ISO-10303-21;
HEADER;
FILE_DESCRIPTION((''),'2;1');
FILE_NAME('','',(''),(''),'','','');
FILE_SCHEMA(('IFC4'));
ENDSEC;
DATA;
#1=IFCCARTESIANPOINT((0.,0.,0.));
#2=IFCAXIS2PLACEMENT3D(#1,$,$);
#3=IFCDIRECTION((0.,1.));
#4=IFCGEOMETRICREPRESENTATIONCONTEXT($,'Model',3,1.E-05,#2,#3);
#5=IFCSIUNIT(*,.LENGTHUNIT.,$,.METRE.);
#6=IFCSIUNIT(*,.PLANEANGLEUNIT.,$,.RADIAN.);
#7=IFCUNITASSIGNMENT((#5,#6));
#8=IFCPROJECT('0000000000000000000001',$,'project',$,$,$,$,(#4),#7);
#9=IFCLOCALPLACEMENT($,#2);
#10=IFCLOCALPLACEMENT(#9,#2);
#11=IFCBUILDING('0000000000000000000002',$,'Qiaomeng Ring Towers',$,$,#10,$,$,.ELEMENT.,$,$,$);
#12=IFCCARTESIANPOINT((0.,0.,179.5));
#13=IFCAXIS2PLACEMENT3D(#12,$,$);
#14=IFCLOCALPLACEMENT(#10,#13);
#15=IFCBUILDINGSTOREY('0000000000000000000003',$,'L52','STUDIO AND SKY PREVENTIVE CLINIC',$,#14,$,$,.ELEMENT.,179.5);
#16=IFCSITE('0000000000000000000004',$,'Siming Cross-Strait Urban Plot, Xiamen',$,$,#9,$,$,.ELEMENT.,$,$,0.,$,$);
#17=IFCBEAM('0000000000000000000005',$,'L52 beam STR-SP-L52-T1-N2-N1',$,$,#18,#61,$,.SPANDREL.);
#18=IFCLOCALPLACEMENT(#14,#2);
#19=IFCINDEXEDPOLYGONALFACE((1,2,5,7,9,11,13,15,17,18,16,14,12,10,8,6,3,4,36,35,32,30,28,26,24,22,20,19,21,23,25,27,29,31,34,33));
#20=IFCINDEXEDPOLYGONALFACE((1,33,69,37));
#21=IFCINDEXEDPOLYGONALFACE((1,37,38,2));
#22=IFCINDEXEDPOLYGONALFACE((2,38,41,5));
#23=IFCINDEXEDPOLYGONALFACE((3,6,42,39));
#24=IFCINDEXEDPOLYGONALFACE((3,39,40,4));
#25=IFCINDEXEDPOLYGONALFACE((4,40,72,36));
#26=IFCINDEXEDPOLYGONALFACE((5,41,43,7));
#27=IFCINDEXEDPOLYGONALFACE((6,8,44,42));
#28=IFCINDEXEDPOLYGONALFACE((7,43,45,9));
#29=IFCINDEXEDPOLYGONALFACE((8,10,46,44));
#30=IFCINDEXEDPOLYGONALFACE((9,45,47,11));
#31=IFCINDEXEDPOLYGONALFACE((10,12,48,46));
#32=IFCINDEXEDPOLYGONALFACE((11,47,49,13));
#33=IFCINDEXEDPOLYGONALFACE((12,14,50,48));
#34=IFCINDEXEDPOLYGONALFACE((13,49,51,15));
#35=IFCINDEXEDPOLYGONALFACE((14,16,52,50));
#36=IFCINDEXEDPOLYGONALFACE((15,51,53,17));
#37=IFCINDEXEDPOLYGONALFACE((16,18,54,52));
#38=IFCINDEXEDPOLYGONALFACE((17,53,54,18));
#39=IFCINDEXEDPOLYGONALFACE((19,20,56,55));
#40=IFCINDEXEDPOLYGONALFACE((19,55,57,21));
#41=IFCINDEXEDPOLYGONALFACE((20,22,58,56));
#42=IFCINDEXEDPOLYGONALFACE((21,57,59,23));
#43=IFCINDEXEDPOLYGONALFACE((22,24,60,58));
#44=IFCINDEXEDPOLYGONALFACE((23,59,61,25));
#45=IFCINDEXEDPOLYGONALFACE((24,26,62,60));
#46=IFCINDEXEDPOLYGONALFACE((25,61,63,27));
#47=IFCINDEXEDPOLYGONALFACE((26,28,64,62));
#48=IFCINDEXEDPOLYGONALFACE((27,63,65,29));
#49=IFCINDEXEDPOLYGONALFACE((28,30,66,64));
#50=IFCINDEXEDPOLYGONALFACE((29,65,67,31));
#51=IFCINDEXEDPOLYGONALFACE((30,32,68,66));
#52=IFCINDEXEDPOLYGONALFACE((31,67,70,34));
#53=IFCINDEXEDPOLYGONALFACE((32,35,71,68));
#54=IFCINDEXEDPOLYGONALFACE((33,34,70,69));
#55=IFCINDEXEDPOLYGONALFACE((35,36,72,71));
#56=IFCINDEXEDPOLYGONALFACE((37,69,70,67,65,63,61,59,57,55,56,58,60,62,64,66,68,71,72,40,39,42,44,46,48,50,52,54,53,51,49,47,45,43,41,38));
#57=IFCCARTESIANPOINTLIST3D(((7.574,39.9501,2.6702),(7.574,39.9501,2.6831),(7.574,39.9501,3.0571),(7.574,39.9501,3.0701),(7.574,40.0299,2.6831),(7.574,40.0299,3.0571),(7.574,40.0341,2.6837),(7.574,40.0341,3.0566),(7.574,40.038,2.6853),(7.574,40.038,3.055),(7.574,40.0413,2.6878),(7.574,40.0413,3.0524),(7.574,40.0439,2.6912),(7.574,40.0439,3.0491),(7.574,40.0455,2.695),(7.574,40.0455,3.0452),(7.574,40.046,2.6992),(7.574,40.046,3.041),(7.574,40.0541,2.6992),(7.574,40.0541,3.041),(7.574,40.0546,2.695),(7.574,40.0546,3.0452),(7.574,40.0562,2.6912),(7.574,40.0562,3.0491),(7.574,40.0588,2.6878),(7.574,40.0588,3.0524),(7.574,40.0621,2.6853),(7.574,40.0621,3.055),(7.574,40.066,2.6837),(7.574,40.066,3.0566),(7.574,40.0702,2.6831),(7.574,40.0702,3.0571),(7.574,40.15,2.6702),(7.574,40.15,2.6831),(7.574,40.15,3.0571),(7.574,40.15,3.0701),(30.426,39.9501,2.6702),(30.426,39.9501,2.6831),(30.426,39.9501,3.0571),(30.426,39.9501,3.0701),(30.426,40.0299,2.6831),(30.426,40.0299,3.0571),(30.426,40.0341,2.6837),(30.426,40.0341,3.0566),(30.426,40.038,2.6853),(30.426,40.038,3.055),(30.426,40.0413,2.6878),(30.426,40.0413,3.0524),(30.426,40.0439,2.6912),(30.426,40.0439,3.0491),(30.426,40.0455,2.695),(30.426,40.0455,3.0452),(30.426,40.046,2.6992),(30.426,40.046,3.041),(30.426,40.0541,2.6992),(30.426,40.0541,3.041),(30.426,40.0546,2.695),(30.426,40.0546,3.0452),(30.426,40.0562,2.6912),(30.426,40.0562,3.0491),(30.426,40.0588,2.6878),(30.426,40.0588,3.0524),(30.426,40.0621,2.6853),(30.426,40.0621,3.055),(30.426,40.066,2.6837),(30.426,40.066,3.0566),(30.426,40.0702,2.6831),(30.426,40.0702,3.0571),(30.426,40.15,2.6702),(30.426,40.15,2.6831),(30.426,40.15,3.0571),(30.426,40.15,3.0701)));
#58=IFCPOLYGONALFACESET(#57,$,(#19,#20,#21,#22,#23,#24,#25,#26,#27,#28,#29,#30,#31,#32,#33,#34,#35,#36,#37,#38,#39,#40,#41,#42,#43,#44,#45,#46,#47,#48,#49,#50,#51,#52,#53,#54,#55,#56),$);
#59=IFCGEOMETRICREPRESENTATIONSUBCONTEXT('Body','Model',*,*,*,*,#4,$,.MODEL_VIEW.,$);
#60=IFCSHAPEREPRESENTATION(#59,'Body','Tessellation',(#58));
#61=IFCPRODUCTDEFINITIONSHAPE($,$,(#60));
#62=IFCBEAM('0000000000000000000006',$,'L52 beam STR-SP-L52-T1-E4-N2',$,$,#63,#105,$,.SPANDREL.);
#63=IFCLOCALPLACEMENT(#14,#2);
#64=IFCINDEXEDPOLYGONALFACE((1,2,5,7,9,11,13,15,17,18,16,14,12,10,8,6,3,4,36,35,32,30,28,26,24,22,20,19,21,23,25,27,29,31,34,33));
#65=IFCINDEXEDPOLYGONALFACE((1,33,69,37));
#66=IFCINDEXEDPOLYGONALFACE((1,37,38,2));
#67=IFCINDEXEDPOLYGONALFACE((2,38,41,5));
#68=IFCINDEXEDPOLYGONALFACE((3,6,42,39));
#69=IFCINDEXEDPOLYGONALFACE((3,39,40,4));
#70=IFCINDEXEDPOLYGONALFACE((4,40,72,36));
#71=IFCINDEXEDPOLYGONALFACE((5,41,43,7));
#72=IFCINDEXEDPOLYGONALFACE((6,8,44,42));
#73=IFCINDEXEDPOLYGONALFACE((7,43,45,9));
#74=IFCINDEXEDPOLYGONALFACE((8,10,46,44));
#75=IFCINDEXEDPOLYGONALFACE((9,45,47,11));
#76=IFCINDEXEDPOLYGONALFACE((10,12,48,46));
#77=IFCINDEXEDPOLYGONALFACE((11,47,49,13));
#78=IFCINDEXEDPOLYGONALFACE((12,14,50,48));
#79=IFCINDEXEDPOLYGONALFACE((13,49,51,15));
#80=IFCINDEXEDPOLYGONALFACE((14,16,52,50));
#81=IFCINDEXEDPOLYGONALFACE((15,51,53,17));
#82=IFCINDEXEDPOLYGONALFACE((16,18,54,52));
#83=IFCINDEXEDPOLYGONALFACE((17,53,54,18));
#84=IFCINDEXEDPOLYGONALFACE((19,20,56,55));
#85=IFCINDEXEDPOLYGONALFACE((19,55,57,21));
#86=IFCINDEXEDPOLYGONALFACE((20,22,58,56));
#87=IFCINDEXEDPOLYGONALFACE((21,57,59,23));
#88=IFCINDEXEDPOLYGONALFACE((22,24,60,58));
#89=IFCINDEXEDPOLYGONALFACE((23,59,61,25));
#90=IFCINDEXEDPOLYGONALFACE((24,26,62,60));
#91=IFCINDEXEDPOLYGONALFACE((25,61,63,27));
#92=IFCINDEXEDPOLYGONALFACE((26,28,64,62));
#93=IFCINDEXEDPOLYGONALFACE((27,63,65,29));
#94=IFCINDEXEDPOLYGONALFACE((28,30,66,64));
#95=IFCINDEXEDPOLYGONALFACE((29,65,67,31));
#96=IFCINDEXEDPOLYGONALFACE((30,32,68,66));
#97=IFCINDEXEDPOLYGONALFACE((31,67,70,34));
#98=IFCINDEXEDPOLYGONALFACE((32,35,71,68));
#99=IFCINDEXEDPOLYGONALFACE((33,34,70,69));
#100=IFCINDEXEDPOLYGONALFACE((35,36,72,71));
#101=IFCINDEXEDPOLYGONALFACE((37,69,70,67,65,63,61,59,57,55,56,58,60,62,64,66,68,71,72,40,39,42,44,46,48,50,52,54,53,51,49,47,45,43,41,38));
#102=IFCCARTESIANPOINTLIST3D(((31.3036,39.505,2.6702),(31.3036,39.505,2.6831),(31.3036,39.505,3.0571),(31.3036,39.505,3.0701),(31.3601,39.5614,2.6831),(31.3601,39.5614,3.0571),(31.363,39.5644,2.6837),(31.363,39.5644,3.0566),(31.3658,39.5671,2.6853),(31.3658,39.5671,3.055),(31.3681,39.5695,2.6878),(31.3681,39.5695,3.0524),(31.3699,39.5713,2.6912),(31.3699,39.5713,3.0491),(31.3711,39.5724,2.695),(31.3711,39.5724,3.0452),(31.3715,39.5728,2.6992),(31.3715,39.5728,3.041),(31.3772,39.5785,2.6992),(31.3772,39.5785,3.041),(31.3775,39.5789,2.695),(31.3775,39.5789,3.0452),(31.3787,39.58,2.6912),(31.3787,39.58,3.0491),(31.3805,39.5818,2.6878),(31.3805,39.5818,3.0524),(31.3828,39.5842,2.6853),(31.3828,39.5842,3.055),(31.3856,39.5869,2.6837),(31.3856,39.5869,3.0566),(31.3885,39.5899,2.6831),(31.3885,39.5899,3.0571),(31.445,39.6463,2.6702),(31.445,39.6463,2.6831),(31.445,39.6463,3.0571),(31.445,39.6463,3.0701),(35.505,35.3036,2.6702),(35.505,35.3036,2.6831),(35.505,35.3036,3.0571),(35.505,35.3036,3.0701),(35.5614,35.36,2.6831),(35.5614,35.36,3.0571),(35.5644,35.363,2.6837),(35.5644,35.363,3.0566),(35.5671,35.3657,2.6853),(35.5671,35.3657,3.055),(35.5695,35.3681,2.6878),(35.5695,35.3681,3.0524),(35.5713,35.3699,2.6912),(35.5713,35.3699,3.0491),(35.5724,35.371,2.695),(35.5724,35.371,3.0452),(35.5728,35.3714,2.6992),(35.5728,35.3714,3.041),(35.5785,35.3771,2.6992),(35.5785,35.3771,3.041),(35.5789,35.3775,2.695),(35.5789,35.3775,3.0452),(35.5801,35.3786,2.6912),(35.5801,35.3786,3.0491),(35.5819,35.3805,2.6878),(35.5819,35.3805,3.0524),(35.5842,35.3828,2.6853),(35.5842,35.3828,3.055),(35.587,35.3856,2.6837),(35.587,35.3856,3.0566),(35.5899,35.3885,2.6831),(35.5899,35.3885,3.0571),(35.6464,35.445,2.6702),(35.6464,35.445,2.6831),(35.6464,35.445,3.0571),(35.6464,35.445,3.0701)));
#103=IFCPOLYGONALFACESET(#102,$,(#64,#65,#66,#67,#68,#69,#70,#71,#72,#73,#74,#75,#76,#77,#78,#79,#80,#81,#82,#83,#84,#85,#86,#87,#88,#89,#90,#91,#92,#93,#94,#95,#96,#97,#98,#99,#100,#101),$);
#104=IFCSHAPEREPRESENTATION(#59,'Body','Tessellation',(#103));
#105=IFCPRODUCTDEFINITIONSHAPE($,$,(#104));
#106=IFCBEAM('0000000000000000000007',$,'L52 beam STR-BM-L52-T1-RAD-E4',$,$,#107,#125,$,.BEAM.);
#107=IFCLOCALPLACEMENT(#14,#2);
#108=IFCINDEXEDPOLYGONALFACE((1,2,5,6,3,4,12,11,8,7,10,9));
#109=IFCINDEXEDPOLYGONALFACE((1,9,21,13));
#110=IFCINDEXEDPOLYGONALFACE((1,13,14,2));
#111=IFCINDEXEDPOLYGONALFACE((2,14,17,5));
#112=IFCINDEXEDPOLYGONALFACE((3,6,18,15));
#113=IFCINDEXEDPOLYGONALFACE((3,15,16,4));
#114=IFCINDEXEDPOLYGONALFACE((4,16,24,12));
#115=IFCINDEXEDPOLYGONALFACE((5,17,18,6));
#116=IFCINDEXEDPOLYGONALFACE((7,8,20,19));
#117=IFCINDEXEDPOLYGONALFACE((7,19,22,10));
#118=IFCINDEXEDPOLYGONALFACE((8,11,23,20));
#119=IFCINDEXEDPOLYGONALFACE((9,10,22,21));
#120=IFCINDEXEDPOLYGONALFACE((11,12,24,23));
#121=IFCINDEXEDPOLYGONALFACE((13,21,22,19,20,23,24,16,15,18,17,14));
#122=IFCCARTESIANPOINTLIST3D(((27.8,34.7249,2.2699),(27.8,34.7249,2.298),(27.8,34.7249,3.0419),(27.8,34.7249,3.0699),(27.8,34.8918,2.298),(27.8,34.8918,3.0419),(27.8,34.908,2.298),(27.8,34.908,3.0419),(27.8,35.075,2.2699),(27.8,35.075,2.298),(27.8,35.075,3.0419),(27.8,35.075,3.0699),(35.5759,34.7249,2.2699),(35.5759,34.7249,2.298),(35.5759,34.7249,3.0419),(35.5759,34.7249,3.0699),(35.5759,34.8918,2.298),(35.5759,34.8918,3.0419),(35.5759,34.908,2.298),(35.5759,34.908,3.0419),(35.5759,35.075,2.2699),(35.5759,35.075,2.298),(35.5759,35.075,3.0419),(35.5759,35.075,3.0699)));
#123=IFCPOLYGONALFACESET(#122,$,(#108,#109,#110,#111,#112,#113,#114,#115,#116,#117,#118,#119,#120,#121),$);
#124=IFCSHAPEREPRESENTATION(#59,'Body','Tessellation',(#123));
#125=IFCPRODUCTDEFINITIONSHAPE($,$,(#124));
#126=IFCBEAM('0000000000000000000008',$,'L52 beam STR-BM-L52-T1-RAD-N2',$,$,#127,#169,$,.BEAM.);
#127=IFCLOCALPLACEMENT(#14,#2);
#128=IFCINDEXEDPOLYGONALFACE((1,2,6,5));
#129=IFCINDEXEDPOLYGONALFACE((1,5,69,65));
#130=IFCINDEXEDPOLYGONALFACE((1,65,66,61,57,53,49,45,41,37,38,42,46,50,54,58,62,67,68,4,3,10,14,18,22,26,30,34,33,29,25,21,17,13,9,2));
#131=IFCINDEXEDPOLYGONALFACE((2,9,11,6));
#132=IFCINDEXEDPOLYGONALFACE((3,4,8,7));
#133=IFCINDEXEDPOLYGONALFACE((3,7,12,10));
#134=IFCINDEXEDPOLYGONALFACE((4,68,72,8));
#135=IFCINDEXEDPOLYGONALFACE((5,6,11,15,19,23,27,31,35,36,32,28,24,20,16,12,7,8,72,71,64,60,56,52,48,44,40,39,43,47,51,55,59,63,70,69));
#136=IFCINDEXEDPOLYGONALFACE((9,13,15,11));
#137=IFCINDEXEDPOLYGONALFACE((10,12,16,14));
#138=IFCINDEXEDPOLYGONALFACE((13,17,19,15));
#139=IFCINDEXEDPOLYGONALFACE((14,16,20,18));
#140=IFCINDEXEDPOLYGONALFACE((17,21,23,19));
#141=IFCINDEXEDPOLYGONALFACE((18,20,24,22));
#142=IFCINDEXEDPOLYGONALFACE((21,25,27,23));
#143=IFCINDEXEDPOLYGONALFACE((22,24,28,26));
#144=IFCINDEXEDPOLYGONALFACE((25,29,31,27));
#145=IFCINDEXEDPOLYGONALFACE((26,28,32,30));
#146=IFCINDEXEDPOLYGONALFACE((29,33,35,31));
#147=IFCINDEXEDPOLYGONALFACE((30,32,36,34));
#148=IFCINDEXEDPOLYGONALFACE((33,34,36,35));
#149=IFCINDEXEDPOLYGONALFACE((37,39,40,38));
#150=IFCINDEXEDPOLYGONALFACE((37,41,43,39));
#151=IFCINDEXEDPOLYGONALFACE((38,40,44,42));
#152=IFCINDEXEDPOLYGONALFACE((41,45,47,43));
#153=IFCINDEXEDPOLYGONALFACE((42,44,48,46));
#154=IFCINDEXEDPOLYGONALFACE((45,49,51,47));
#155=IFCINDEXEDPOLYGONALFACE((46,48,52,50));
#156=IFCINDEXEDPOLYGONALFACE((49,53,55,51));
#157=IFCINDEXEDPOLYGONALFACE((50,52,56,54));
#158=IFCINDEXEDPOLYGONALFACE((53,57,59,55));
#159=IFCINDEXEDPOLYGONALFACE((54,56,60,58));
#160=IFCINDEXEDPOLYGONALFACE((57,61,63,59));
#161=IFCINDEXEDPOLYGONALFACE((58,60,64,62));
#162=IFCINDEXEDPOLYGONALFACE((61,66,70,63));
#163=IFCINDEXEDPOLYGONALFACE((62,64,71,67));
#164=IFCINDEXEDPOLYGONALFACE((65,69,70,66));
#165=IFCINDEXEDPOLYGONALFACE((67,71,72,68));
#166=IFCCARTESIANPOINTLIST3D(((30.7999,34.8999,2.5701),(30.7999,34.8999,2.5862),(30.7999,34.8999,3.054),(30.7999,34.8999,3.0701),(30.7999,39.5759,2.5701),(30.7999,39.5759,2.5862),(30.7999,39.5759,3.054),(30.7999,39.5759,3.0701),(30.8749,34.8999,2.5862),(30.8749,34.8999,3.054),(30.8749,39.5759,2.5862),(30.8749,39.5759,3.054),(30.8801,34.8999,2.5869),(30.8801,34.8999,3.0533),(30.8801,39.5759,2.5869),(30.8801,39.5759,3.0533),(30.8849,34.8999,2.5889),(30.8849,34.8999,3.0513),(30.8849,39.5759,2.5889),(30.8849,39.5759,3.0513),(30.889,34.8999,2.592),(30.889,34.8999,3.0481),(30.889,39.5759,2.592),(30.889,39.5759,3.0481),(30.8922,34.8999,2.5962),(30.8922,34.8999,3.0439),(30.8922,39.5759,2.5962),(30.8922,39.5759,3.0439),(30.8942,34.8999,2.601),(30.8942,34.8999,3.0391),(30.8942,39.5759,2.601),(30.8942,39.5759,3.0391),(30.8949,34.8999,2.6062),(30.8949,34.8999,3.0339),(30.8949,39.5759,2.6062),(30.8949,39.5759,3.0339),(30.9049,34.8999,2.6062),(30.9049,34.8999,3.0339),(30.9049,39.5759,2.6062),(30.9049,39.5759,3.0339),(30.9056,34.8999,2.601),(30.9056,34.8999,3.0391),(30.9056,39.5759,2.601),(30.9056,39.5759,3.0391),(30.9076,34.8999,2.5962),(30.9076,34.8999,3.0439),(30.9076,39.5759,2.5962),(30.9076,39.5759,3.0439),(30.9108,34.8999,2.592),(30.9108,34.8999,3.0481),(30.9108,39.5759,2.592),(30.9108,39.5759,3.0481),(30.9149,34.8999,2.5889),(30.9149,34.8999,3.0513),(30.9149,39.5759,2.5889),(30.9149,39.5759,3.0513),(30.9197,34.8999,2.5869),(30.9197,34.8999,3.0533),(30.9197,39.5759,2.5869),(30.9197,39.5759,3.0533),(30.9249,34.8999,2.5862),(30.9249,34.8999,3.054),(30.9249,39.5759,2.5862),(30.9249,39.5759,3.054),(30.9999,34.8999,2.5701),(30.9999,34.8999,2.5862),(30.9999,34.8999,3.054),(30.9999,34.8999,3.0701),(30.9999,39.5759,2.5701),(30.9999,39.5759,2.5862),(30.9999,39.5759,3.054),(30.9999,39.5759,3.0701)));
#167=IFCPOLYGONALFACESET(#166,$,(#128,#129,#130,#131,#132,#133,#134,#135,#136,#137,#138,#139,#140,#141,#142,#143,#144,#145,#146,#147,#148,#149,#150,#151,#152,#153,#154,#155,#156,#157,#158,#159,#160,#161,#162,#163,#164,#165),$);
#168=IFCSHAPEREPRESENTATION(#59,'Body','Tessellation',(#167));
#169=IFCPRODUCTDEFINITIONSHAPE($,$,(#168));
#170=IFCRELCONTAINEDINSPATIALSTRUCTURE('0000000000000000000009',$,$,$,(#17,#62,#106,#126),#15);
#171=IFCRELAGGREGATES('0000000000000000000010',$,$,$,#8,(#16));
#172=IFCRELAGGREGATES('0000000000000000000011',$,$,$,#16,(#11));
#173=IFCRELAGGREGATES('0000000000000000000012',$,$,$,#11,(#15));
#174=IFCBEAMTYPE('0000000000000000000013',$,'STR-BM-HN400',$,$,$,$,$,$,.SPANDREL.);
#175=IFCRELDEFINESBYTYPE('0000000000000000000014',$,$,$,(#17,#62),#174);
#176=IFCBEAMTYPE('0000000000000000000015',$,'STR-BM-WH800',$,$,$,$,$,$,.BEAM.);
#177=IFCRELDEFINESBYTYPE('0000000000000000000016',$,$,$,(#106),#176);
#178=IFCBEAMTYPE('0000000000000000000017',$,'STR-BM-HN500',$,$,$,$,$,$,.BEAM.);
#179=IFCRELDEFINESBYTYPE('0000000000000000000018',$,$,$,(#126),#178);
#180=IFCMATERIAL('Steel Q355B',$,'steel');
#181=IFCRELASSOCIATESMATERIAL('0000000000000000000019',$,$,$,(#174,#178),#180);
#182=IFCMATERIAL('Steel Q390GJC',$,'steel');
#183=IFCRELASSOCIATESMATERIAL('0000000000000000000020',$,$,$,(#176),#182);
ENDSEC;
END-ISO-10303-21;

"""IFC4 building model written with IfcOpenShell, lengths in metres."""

from ifc_helpers import new_model, si_unit, direction, frame, origin, origin_2d, place, context, subcontext, project, spatial, i_section, extrude, source, transform, mapped, material, material_profile, profile_set, type_object, element, save


model = new_model("IFC4")

# Units and contexts
model_context = context("Model", 3, precision=1e-05, world=origin(), true_north=direction((0.0, 1.0)))
body_context = subcontext(model_context, "Body", "Model", "MODEL_VIEW")
ifc_project = project(units=[si_unit("LENGTHUNIT", "METRE"), si_unit("PLANEANGLEUNIT", "RADIAN")], contexts=[model_context])

# Site, building, storey
site_placement = place(None, origin())
site = spatial("IfcSite", under=ifc_project, at=site_placement, Name="Siming Cross-Strait Urban Plot, Xiamen", CompositionType="ELEMENT", RefElevation=0.0)
building_placement = place(site_placement, origin())
building = spatial("IfcBuilding", under=site, at=building_placement, Name="Qiaomeng Ring Towers", CompositionType="ELEMENT")
storey_placement = place(building_placement, frame((0.0, 0.0, 179.5)))
storey = spatial("IfcBuildingStorey", under=building, at=storey_placement, Name="L52", Description="STUDIO AND SKY PREVENTIVE CLINIC", CompositionType="ELEMENT", Elevation=179.5)

# Beams
ifc_material_1 = material(Name="Steel Q355B", Category="steel")
ifc_material_profile_1 = material_profile(ifc_material_1, i_section(OverallWidth=0.2, OverallDepth=0.3999, WebThickness=0.0081, FlangeThickness=0.0129, FilletRadius=0.0161, at=origin_2d()), Name="HN 400x200x8x13")
ifc_profile_set_1 = profile_set([ifc_material_profile_1], Name="Steel Q355B")
beam_type_1 = type_object("IfcBeamType", Name="STR-BM-HN400", PredefinedType="SPANDREL", material=ifc_profile_set_1)
shared_shape_1 = source(origin(), body_context, "Body", "SweptSolid", [
    extrude(i_section(OverallWidth=0.2, OverallDepth=0.3999, WebThickness=0.0081, FlangeThickness=0.0129, FilletRadius=0.0161, at=origin_2d()), origin(), (0.0, 0.0, 1.0), 22.8521),
])
beam_1_placement = place(storey_placement, frame((30.426, 40.05, 2.8701), z_axis=(-1.0, 0.0, 0.0), x_axis=(0.0, -1.0, 0.0)))
element("IfcBeam", 1, at=beam_1_placement, inside=storey, type_object=beam_type_1, Name="L52 beam STR-SP-L52-T1-N2-N1", PredefinedType="SPANDREL", context=body_context, shape_type="MappedRepresentation", body=[
    mapped(shared_shape_1, transform((0.0, 0.0, 0.0), x_axis=(1.0, 0.0, 0.0), y_axis=(0.0, 1.0, 0.0), z_axis=(0.0, 0.0, 1.0), scale=1.0)),
])
shared_shape_2 = source(origin(), body_context, "Body", "SweptSolid", [
    extrude(i_section(OverallWidth=0.2, OverallDepth=0.3999, WebThickness=0.0081, FlangeThickness=0.0129, FilletRadius=0.0161, at=origin_2d()), origin(), (0.0, 0.0, 1.0), 5.9417),
])
beam_2_placement = place(storey_placement, frame((35.5757, 35.3743, 2.8701), z_axis=(-0.707107, 0.707107, 0.0), x_axis=(-0.707107, -0.707107, 0.0)))
element("IfcBeam", 2, at=beam_2_placement, inside=storey, type_object=beam_type_1, Name="L52 beam STR-SP-L52-T1-E4-N2", PredefinedType="SPANDREL", context=body_context, shape_type="MappedRepresentation", body=[
    mapped(shared_shape_2, transform((0.0, 0.0, 0.0), x_axis=(1.0, 0.0, 0.0), y_axis=(0.0, 1.0, 0.0), z_axis=(0.0, 0.0, 1.0), scale=1.0)),
])
ifc_material_2 = material(Name="Steel Q390GJC", Category="steel")
ifc_material_profile_2 = material_profile(ifc_material_2, i_section(OverallWidth=0.3501, OverallDepth=0.8, WebThickness=0.0161, FlangeThickness=0.0281, at=origin_2d()), Name="WH 800x350x16x28")
ifc_profile_set_2 = profile_set([ifc_material_profile_2], Name="Steel Q390GJC")
beam_type_2 = type_object("IfcBeamType", Name="STR-BM-WH800", PredefinedType="BEAM", material=ifc_profile_set_2)
shared_shape_3 = source(origin(), body_context, "Body", "SweptSolid", [
    extrude(i_section(OverallWidth=0.3501, OverallDepth=0.8, WebThickness=0.0161, FlangeThickness=0.0281, at=origin_2d()), origin(), (0.0, 0.0, 1.0), 7.7759),
])
beam_3_placement = place(storey_placement, frame((27.8, 34.8999, 2.6699), z_axis=(1.0, 0.0, 0.0), x_axis=(0.0, 1.0, 0.0)))
element("IfcBeam", 3, at=beam_3_placement, inside=storey, type_object=beam_type_2, Name="L52 beam STR-BM-L52-T1-RAD-E4", PredefinedType="BEAM", context=body_context, shape_type="MappedRepresentation", body=[
    mapped(shared_shape_3, transform((0.0, 0.0, 0.0), x_axis=(1.0, 0.0, 0.0), y_axis=(0.0, 1.0, 0.0), z_axis=(0.0, 0.0, 1.0), scale=1.0)),
])
ifc_material_profile_3 = material_profile(ifc_material_1, i_section(OverallWidth=0.2, OverallDepth=0.5, WebThickness=0.01, FlangeThickness=0.0161, FilletRadius=0.02, at=origin_2d()), Name="HN 500x200x10x16")
ifc_profile_set_3 = profile_set([ifc_material_profile_3], Name="Steel Q355B")
beam_type_3 = type_object("IfcBeamType", Name="STR-BM-HN500", PredefinedType="BEAM", material=ifc_profile_set_3)
shared_shape_4 = source(origin(), body_context, "Body", "SweptSolid", [
    extrude(i_section(OverallWidth=0.2, OverallDepth=0.5, WebThickness=0.01, FlangeThickness=0.0161, FilletRadius=0.02, at=origin_2d()), origin(), (0.0, 0.0, 1.0), 4.676),
])
beam_4_placement = place(storey_placement, frame((30.8999, 39.5759, 2.8201), z_axis=(0.0, -1.0, 0.0), x_axis=(1.0, 0.0, 0.0)))
element("IfcBeam", 4, at=beam_4_placement, inside=storey, type_object=beam_type_3, Name="L52 beam STR-BM-L52-T1-RAD-N2", PredefinedType="BEAM", context=body_context, shape_type="MappedRepresentation", body=[
    mapped(shared_shape_4, transform((0.0, 0.0, 0.0), x_axis=(1.0, 0.0, 0.0), y_axis=(0.0, 1.0, 0.0), z_axis=(0.0, 0.0, 1.0), scale=1.0)),
])

save(model, "model.ifc")
